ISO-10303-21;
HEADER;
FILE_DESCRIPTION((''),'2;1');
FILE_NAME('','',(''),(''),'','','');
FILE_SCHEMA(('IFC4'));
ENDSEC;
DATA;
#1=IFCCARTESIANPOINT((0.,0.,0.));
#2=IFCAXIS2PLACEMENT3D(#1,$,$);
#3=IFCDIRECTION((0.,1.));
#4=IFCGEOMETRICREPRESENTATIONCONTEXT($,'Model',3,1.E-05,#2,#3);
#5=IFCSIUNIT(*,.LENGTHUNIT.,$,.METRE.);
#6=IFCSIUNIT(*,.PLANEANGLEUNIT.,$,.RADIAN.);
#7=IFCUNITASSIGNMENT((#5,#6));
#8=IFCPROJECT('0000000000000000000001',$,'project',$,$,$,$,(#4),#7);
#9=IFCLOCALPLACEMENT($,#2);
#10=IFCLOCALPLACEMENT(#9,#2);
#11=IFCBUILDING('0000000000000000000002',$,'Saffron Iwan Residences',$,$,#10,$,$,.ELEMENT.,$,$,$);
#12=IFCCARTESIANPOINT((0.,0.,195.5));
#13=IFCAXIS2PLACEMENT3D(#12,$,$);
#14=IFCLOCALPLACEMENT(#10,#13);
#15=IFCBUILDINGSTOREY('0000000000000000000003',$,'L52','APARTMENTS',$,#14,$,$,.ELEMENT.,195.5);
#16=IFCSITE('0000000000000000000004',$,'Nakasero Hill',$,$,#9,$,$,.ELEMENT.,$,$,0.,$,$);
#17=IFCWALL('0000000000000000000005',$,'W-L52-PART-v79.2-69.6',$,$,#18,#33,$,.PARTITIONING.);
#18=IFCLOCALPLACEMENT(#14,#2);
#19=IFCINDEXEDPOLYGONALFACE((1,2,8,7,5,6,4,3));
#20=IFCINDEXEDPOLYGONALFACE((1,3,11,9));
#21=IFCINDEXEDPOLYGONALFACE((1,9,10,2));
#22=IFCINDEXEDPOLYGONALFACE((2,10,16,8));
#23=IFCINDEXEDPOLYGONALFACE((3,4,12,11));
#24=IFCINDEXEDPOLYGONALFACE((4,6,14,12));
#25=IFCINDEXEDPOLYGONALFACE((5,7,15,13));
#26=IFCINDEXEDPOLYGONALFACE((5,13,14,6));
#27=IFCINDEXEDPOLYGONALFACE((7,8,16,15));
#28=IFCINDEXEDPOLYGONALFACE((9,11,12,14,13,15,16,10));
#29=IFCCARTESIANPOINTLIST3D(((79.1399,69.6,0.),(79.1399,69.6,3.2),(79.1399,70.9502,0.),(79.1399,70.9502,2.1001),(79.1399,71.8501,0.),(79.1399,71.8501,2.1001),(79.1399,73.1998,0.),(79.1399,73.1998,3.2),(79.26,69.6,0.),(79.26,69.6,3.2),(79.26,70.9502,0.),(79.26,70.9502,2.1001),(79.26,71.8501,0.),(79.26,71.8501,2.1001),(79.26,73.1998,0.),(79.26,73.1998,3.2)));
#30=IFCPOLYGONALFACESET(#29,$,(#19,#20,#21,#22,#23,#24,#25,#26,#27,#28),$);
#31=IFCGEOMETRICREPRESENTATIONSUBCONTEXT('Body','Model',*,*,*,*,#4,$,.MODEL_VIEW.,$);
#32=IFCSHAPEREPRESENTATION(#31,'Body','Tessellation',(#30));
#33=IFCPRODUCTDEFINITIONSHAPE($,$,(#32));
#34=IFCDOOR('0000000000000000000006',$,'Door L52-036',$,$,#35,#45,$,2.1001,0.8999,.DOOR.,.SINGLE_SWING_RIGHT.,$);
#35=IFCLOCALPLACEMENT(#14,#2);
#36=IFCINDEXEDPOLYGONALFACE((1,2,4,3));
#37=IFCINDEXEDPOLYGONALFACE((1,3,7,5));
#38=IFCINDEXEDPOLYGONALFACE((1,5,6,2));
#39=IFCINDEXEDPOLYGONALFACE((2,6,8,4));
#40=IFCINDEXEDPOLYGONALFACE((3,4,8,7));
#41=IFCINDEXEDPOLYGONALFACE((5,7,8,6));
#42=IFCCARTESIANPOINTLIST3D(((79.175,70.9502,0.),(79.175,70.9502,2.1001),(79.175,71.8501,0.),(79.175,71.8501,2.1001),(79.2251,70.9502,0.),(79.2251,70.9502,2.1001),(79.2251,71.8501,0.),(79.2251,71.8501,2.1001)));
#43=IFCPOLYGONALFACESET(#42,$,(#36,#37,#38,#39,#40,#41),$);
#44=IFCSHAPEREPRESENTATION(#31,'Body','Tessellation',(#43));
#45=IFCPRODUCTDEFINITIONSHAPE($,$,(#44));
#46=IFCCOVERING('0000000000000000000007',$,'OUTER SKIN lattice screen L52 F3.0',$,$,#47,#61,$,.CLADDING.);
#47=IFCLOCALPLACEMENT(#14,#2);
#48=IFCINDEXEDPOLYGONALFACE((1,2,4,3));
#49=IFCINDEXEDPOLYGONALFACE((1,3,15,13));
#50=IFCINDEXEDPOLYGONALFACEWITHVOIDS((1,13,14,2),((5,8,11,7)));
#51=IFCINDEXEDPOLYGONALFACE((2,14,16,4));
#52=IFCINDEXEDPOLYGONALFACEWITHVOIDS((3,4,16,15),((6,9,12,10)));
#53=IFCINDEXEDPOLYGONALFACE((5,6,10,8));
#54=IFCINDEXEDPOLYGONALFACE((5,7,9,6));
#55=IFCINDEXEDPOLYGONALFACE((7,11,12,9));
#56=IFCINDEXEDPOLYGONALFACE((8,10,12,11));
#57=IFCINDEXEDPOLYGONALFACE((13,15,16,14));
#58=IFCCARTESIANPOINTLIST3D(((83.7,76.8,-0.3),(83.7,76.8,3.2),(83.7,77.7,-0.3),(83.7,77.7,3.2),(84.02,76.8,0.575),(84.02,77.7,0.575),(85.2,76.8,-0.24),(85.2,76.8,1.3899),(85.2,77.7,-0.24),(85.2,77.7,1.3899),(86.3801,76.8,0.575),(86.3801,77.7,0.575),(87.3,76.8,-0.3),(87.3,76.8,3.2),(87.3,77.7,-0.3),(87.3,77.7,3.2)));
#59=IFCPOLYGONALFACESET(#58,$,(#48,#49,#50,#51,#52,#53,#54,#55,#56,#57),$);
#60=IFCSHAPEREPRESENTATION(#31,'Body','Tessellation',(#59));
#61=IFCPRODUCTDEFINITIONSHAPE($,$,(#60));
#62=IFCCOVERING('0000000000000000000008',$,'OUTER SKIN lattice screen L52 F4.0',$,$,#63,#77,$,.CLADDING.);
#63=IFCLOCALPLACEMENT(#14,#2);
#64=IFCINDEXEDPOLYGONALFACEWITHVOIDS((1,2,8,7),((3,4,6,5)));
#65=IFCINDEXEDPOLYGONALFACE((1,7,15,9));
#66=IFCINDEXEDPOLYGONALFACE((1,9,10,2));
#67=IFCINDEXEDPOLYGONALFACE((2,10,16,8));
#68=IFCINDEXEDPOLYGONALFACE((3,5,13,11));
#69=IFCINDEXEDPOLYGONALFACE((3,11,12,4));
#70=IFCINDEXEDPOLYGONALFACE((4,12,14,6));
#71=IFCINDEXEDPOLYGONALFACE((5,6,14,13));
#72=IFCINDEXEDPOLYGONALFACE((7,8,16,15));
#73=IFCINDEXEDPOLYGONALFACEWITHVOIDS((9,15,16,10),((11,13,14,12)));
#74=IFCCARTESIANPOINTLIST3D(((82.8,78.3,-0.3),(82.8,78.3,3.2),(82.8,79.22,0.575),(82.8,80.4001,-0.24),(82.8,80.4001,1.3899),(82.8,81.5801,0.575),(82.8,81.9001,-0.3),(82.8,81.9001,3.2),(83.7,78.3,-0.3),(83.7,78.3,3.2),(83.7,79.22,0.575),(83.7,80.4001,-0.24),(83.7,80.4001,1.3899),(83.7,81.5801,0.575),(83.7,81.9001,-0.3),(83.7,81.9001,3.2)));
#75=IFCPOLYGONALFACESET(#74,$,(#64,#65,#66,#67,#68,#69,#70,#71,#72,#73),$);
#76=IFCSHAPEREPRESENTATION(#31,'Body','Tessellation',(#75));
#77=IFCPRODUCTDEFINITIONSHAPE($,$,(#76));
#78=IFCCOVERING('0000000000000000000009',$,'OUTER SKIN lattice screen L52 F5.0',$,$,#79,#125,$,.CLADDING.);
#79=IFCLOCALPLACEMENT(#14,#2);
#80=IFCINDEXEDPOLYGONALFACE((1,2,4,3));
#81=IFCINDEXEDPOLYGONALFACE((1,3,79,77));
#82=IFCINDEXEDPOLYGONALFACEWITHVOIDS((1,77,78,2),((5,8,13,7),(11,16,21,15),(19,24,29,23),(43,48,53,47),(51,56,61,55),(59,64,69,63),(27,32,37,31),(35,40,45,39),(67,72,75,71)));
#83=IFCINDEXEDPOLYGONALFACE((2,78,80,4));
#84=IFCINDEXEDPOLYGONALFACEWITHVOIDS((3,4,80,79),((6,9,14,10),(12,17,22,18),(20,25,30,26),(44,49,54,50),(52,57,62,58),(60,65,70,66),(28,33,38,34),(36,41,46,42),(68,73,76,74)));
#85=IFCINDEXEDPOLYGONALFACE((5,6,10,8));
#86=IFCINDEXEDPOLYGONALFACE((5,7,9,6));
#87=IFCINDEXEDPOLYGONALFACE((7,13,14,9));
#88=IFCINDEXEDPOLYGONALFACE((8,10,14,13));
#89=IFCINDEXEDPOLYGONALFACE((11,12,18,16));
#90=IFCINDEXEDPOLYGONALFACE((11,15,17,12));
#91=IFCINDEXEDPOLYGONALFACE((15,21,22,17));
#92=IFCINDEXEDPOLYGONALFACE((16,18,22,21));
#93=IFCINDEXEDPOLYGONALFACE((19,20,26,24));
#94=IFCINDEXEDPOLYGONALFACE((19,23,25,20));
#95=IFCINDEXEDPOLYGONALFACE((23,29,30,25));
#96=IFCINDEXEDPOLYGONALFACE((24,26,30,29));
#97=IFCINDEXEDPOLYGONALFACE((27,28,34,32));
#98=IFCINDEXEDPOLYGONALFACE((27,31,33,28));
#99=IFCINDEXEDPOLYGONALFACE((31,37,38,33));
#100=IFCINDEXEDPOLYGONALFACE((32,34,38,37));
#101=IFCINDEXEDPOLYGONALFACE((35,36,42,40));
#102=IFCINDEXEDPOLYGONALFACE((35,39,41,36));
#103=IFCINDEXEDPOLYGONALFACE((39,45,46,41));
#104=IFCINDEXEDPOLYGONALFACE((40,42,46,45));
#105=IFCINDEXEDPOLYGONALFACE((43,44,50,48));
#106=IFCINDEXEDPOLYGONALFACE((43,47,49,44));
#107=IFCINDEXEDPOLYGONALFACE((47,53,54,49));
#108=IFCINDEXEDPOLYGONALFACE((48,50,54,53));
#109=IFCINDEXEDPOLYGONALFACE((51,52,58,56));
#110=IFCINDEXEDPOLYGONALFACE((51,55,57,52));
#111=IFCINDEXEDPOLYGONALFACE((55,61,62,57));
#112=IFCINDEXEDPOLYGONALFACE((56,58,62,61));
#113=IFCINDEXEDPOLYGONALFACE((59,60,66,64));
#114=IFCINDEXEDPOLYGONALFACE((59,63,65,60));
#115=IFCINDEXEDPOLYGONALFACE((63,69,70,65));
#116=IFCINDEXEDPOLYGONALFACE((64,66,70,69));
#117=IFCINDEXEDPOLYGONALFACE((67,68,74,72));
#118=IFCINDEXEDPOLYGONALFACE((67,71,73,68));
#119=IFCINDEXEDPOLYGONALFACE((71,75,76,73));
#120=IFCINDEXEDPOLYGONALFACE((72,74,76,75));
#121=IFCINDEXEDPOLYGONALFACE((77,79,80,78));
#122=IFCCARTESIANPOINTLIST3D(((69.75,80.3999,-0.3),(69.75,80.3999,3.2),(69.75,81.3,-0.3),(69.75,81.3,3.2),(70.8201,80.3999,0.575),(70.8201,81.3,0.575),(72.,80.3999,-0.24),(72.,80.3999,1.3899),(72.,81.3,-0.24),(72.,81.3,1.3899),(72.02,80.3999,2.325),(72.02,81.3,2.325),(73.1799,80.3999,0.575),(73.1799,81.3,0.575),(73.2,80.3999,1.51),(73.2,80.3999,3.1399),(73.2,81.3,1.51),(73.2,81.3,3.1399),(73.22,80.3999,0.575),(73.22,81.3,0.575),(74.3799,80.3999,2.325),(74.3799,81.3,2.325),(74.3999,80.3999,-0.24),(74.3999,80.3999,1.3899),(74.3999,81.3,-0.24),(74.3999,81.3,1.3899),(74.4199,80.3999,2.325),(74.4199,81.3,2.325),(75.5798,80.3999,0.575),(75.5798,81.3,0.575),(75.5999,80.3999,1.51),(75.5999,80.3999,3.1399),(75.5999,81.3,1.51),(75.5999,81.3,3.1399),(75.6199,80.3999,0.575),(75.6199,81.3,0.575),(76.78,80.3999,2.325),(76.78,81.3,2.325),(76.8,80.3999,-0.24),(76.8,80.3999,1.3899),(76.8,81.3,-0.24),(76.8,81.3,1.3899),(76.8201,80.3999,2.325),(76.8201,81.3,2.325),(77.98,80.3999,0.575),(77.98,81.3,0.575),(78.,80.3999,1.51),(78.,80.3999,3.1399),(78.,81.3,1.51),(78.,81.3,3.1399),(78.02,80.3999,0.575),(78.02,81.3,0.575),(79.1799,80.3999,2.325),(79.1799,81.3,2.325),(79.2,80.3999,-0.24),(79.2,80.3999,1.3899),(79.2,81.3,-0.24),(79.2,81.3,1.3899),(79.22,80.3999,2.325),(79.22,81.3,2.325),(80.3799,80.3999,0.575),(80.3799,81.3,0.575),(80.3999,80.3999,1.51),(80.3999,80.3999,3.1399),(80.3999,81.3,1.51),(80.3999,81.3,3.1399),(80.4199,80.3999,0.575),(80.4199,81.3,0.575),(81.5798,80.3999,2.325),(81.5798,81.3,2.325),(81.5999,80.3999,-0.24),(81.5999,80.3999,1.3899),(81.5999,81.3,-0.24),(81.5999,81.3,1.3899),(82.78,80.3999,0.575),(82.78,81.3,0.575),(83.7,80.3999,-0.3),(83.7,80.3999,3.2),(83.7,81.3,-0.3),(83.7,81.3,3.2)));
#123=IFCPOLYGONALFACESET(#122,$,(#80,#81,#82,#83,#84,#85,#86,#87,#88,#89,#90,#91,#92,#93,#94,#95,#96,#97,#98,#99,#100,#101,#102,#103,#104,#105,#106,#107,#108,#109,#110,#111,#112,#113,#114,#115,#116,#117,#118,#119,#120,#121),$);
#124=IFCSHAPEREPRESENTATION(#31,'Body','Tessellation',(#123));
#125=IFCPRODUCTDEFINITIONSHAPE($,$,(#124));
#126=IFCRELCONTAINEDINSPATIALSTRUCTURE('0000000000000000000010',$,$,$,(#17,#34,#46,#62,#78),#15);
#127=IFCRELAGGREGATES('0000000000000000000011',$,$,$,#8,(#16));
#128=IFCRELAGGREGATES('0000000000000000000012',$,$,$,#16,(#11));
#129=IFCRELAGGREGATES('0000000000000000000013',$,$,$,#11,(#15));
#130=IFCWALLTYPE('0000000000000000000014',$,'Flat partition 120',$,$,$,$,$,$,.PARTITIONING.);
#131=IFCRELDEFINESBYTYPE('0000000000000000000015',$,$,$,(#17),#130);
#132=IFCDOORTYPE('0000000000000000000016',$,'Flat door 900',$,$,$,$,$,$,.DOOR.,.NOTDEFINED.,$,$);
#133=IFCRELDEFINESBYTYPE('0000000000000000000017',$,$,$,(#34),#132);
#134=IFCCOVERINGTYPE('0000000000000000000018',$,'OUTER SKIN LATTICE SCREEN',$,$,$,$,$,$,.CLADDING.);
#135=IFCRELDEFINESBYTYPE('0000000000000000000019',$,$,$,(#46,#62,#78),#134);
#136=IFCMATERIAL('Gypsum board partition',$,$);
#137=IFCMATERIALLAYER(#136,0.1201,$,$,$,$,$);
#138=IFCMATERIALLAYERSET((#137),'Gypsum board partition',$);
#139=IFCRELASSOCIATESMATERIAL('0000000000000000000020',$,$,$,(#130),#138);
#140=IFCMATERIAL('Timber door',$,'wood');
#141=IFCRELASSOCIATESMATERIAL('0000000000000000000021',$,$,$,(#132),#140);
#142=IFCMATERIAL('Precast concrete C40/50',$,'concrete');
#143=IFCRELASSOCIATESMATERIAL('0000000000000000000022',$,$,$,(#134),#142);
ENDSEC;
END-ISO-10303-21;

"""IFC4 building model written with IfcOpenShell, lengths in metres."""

from ifc_helpers import new_model, si_unit, direction, frame, frame_2d, origin, place, context, subcontext, project, spatial, polyline, rectangle, outline, extrude, material, layer, layer_set, type_object, element, fill, save


model = new_model("IFC4")

# Units and contexts
model_context = context("Model", 3, precision=1e-05, world=origin(), true_north=direction((0.0, 1.0)))
body_context = subcontext(model_context, "Body", "Model", "MODEL_VIEW")
ifc_project = project(units=[si_unit("LENGTHUNIT", "METRE"), si_unit("PLANEANGLEUNIT", "RADIAN")], contexts=[model_context])

# Site, building, storey
site_placement = place(None, origin())
site = spatial("IfcSite", under=ifc_project, at=site_placement, Name="Nakasero Hill", CompositionType="ELEMENT", RefElevation=0.0)
building_placement = place(site_placement, origin())
building = spatial("IfcBuilding", under=site, at=building_placement, Name="Saffron Iwan Residences", CompositionType="ELEMENT")
storey_placement = place(building_placement, frame((0.0, 0.0, 195.5)))
storey = spatial("IfcBuildingStorey", under=building, at=storey_placement, Name="L52", Description="APARTMENTS", CompositionType="ELEMENT", Elevation=195.5)

# Shared definitions
ifc_material_1 = material(Name="Gypsum board partition")
ifc_layer_1 = layer(ifc_material_1, 0.1201)
ifc_layer_set_1 = layer_set([ifc_layer_1], Name="Gypsum board partition")
wall_type_1 = type_object("IfcWallType", Name="Flat partition 120", PredefinedType="PARTITIONING", material=ifc_layer_set_1)

# Wall, opening, door
wall_1_placement = place(storey_placement, frame((79.2, 69.6001, 0.0), z_axis=(0.0, 0.0, 1.0), x_axis=(0.0, 1.0, 0.0)))
wall_1 = element("IfcWall", 1, at=wall_1_placement, inside=storey, type_object=wall_type_1, Name="W-L52-PART-v79.2-69.6", PredefinedType="PARTITIONING", context=body_context, shape_type="SweptSolid", body=[
    extrude(rectangle(XDim=3.5999, YDim=0.1201, at=frame_2d((1.7998, 0.0))), origin(), (0.0, 0.0, 1.0), 3.2),
])
opening_1_placement = place(wall_1_placement, frame((1.3501, 0.0, 0.0)))
opening_1 = element("IfcOpeningElement", 2, at=opening_1_placement, cuts=wall_1, PredefinedType="OPENING", context=body_context, shape_type="SweptSolid", body=[
    extrude(rectangle(XDim=0.8999, YDim=2.1001, at=frame_2d((0.45, 1.05))), frame((0.0, 0.0701, 0.0), z_axis=(0.0, -1.0, 0.0), x_axis=(1.0, 0.0, 0.0)), (0.0, 0.0, 1.0), 0.1401),
])
ifc_material_2 = material(Name="Timber door", Category="wood")
door_type_1 = type_object("IfcDoorType", Name="Flat door 900", OperationType="NOTDEFINED", PredefinedType="DOOR", material=ifc_material_2)
door_1_placement = place(opening_1_placement, origin())
door_1 = element("IfcDoor", 3, at=door_1_placement, inside=storey, type_object=door_type_1, Name="Door L52-036", OperationType="SINGLE_SWING_RIGHT", OverallHeight=2.1001, OverallWidth=0.8999, PredefinedType="DOOR", context=body_context, shape_type="SweptSolid", body=[
    extrude(rectangle(XDim=0.8999, YDim=2.1001, at=frame_2d((0.45, 1.05))), frame((0.0, 0.0249, 0.0), z_axis=(0.0, -1.0, 0.0), x_axis=(1.0, 0.0, 0.0)), (0.0, 0.0, 1.0), 0.05),
])
fill(opening_1, door_1)

# Coverings
ifc_material_3 = material(Name="Precast concrete C40/50", Category="concrete")
covering_type = type_object("IfcCoveringType", Name="OUTER SKIN LATTICE SCREEN", PredefinedType="CLADDING", material=ifc_material_3)
for number, where, z_axis, x_axis, name in (
    (4, (87.3, 76.8, -0.3), (0.0, 1.0, 0.0), (-1.0, 0.0, 0.0), "OUTER SKIN lattice screen L52 F3.0"),
    (5, (82.8, 78.3, -0.3), (1.0, 0.0, 0.0), (0.0, 1.0, 0.0), "OUTER SKIN lattice screen L52 F4.0"),
):
    element("IfcCovering", number, at=place(storey_placement, frame(where, z_axis=z_axis, x_axis=x_axis)), inside=storey, type_object=covering_type, Name=name, PredefinedType="CLADDING", context=body_context, shape_type="SweptSolid", body=[
        extrude(outline(polyline([(0.0, 0.0), (3.6001, 0.0), (3.6001, 3.5), (0.0, 3.5), (0.0, 0.0)]), holes=[polyline([(0.9199, 0.875), (2.1001, 0.0601), (3.28, 0.875), (2.1001, 1.6899), (0.9199, 0.875)])]), origin(), (0.0, 0.0, 1.0), 0.8999),
    ])
covering_placement = place(storey_placement, frame((83.7, 80.3999, -0.3), z_axis=(0.0, 1.0, 0.0), x_axis=(-1.0, 0.0, 0.0)))
element("IfcCovering", 6, at=covering_placement, inside=storey, type_object=covering_type, Name="OUTER SKIN lattice screen L52 F5.0", PredefinedType="CLADDING", context=body_context, shape_type="SweptSolid", body=[
    extrude(outline(polyline([(0.0, 0.0), (13.95, 0.0), (13.95, 3.5), (0.0, 3.5), (0.0, 0.0)]), holes=[polyline([(0.9199, 0.875), (2.1001, 0.0601), (3.28, 0.875), (2.1001, 1.6899), (0.9199, 0.875)]), polyline([(3.3201, 0.875), (4.5, 0.0601), (5.6799, 0.875), (4.5, 1.6899), (3.3201, 0.875)]), polyline([(5.72, 0.875), (6.8999, 0.0601), (8.0801, 0.875), (6.8999, 1.6899), (5.72, 0.875)]), polyline([(8.1201, 0.875), (9.3, 0.0601), (10.48, 0.875), (9.3, 1.6899), (8.1201, 0.875)]), polyline([(10.52, 0.875), (11.7, 0.0601), (12.8799, 0.875), (11.7, 1.6899), (10.52, 0.875)]), polyline([(2.1201, 2.625), (3.3, 1.8101), (4.48, 2.625), (3.3, 3.4399), (2.1201, 2.625)]), polyline([(4.52, 2.625), (5.7, 1.8101), (6.8799, 2.625), (5.7, 3.4399), (4.52, 2.625)]), polyline([(6.9199, 2.625), (8.1001, 1.8101), (9.28, 2.625), (8.1001, 3.4399), (6.9199, 2.625)]), polyline([(9.3201, 2.625), (10.5, 1.8101), (11.6799, 2.625), (10.5, 3.4399), (9.3201, 2.625)])]), origin(), (0.0, 0.0, 1.0), 0.9001),
])

save(model, "model.ifc")
